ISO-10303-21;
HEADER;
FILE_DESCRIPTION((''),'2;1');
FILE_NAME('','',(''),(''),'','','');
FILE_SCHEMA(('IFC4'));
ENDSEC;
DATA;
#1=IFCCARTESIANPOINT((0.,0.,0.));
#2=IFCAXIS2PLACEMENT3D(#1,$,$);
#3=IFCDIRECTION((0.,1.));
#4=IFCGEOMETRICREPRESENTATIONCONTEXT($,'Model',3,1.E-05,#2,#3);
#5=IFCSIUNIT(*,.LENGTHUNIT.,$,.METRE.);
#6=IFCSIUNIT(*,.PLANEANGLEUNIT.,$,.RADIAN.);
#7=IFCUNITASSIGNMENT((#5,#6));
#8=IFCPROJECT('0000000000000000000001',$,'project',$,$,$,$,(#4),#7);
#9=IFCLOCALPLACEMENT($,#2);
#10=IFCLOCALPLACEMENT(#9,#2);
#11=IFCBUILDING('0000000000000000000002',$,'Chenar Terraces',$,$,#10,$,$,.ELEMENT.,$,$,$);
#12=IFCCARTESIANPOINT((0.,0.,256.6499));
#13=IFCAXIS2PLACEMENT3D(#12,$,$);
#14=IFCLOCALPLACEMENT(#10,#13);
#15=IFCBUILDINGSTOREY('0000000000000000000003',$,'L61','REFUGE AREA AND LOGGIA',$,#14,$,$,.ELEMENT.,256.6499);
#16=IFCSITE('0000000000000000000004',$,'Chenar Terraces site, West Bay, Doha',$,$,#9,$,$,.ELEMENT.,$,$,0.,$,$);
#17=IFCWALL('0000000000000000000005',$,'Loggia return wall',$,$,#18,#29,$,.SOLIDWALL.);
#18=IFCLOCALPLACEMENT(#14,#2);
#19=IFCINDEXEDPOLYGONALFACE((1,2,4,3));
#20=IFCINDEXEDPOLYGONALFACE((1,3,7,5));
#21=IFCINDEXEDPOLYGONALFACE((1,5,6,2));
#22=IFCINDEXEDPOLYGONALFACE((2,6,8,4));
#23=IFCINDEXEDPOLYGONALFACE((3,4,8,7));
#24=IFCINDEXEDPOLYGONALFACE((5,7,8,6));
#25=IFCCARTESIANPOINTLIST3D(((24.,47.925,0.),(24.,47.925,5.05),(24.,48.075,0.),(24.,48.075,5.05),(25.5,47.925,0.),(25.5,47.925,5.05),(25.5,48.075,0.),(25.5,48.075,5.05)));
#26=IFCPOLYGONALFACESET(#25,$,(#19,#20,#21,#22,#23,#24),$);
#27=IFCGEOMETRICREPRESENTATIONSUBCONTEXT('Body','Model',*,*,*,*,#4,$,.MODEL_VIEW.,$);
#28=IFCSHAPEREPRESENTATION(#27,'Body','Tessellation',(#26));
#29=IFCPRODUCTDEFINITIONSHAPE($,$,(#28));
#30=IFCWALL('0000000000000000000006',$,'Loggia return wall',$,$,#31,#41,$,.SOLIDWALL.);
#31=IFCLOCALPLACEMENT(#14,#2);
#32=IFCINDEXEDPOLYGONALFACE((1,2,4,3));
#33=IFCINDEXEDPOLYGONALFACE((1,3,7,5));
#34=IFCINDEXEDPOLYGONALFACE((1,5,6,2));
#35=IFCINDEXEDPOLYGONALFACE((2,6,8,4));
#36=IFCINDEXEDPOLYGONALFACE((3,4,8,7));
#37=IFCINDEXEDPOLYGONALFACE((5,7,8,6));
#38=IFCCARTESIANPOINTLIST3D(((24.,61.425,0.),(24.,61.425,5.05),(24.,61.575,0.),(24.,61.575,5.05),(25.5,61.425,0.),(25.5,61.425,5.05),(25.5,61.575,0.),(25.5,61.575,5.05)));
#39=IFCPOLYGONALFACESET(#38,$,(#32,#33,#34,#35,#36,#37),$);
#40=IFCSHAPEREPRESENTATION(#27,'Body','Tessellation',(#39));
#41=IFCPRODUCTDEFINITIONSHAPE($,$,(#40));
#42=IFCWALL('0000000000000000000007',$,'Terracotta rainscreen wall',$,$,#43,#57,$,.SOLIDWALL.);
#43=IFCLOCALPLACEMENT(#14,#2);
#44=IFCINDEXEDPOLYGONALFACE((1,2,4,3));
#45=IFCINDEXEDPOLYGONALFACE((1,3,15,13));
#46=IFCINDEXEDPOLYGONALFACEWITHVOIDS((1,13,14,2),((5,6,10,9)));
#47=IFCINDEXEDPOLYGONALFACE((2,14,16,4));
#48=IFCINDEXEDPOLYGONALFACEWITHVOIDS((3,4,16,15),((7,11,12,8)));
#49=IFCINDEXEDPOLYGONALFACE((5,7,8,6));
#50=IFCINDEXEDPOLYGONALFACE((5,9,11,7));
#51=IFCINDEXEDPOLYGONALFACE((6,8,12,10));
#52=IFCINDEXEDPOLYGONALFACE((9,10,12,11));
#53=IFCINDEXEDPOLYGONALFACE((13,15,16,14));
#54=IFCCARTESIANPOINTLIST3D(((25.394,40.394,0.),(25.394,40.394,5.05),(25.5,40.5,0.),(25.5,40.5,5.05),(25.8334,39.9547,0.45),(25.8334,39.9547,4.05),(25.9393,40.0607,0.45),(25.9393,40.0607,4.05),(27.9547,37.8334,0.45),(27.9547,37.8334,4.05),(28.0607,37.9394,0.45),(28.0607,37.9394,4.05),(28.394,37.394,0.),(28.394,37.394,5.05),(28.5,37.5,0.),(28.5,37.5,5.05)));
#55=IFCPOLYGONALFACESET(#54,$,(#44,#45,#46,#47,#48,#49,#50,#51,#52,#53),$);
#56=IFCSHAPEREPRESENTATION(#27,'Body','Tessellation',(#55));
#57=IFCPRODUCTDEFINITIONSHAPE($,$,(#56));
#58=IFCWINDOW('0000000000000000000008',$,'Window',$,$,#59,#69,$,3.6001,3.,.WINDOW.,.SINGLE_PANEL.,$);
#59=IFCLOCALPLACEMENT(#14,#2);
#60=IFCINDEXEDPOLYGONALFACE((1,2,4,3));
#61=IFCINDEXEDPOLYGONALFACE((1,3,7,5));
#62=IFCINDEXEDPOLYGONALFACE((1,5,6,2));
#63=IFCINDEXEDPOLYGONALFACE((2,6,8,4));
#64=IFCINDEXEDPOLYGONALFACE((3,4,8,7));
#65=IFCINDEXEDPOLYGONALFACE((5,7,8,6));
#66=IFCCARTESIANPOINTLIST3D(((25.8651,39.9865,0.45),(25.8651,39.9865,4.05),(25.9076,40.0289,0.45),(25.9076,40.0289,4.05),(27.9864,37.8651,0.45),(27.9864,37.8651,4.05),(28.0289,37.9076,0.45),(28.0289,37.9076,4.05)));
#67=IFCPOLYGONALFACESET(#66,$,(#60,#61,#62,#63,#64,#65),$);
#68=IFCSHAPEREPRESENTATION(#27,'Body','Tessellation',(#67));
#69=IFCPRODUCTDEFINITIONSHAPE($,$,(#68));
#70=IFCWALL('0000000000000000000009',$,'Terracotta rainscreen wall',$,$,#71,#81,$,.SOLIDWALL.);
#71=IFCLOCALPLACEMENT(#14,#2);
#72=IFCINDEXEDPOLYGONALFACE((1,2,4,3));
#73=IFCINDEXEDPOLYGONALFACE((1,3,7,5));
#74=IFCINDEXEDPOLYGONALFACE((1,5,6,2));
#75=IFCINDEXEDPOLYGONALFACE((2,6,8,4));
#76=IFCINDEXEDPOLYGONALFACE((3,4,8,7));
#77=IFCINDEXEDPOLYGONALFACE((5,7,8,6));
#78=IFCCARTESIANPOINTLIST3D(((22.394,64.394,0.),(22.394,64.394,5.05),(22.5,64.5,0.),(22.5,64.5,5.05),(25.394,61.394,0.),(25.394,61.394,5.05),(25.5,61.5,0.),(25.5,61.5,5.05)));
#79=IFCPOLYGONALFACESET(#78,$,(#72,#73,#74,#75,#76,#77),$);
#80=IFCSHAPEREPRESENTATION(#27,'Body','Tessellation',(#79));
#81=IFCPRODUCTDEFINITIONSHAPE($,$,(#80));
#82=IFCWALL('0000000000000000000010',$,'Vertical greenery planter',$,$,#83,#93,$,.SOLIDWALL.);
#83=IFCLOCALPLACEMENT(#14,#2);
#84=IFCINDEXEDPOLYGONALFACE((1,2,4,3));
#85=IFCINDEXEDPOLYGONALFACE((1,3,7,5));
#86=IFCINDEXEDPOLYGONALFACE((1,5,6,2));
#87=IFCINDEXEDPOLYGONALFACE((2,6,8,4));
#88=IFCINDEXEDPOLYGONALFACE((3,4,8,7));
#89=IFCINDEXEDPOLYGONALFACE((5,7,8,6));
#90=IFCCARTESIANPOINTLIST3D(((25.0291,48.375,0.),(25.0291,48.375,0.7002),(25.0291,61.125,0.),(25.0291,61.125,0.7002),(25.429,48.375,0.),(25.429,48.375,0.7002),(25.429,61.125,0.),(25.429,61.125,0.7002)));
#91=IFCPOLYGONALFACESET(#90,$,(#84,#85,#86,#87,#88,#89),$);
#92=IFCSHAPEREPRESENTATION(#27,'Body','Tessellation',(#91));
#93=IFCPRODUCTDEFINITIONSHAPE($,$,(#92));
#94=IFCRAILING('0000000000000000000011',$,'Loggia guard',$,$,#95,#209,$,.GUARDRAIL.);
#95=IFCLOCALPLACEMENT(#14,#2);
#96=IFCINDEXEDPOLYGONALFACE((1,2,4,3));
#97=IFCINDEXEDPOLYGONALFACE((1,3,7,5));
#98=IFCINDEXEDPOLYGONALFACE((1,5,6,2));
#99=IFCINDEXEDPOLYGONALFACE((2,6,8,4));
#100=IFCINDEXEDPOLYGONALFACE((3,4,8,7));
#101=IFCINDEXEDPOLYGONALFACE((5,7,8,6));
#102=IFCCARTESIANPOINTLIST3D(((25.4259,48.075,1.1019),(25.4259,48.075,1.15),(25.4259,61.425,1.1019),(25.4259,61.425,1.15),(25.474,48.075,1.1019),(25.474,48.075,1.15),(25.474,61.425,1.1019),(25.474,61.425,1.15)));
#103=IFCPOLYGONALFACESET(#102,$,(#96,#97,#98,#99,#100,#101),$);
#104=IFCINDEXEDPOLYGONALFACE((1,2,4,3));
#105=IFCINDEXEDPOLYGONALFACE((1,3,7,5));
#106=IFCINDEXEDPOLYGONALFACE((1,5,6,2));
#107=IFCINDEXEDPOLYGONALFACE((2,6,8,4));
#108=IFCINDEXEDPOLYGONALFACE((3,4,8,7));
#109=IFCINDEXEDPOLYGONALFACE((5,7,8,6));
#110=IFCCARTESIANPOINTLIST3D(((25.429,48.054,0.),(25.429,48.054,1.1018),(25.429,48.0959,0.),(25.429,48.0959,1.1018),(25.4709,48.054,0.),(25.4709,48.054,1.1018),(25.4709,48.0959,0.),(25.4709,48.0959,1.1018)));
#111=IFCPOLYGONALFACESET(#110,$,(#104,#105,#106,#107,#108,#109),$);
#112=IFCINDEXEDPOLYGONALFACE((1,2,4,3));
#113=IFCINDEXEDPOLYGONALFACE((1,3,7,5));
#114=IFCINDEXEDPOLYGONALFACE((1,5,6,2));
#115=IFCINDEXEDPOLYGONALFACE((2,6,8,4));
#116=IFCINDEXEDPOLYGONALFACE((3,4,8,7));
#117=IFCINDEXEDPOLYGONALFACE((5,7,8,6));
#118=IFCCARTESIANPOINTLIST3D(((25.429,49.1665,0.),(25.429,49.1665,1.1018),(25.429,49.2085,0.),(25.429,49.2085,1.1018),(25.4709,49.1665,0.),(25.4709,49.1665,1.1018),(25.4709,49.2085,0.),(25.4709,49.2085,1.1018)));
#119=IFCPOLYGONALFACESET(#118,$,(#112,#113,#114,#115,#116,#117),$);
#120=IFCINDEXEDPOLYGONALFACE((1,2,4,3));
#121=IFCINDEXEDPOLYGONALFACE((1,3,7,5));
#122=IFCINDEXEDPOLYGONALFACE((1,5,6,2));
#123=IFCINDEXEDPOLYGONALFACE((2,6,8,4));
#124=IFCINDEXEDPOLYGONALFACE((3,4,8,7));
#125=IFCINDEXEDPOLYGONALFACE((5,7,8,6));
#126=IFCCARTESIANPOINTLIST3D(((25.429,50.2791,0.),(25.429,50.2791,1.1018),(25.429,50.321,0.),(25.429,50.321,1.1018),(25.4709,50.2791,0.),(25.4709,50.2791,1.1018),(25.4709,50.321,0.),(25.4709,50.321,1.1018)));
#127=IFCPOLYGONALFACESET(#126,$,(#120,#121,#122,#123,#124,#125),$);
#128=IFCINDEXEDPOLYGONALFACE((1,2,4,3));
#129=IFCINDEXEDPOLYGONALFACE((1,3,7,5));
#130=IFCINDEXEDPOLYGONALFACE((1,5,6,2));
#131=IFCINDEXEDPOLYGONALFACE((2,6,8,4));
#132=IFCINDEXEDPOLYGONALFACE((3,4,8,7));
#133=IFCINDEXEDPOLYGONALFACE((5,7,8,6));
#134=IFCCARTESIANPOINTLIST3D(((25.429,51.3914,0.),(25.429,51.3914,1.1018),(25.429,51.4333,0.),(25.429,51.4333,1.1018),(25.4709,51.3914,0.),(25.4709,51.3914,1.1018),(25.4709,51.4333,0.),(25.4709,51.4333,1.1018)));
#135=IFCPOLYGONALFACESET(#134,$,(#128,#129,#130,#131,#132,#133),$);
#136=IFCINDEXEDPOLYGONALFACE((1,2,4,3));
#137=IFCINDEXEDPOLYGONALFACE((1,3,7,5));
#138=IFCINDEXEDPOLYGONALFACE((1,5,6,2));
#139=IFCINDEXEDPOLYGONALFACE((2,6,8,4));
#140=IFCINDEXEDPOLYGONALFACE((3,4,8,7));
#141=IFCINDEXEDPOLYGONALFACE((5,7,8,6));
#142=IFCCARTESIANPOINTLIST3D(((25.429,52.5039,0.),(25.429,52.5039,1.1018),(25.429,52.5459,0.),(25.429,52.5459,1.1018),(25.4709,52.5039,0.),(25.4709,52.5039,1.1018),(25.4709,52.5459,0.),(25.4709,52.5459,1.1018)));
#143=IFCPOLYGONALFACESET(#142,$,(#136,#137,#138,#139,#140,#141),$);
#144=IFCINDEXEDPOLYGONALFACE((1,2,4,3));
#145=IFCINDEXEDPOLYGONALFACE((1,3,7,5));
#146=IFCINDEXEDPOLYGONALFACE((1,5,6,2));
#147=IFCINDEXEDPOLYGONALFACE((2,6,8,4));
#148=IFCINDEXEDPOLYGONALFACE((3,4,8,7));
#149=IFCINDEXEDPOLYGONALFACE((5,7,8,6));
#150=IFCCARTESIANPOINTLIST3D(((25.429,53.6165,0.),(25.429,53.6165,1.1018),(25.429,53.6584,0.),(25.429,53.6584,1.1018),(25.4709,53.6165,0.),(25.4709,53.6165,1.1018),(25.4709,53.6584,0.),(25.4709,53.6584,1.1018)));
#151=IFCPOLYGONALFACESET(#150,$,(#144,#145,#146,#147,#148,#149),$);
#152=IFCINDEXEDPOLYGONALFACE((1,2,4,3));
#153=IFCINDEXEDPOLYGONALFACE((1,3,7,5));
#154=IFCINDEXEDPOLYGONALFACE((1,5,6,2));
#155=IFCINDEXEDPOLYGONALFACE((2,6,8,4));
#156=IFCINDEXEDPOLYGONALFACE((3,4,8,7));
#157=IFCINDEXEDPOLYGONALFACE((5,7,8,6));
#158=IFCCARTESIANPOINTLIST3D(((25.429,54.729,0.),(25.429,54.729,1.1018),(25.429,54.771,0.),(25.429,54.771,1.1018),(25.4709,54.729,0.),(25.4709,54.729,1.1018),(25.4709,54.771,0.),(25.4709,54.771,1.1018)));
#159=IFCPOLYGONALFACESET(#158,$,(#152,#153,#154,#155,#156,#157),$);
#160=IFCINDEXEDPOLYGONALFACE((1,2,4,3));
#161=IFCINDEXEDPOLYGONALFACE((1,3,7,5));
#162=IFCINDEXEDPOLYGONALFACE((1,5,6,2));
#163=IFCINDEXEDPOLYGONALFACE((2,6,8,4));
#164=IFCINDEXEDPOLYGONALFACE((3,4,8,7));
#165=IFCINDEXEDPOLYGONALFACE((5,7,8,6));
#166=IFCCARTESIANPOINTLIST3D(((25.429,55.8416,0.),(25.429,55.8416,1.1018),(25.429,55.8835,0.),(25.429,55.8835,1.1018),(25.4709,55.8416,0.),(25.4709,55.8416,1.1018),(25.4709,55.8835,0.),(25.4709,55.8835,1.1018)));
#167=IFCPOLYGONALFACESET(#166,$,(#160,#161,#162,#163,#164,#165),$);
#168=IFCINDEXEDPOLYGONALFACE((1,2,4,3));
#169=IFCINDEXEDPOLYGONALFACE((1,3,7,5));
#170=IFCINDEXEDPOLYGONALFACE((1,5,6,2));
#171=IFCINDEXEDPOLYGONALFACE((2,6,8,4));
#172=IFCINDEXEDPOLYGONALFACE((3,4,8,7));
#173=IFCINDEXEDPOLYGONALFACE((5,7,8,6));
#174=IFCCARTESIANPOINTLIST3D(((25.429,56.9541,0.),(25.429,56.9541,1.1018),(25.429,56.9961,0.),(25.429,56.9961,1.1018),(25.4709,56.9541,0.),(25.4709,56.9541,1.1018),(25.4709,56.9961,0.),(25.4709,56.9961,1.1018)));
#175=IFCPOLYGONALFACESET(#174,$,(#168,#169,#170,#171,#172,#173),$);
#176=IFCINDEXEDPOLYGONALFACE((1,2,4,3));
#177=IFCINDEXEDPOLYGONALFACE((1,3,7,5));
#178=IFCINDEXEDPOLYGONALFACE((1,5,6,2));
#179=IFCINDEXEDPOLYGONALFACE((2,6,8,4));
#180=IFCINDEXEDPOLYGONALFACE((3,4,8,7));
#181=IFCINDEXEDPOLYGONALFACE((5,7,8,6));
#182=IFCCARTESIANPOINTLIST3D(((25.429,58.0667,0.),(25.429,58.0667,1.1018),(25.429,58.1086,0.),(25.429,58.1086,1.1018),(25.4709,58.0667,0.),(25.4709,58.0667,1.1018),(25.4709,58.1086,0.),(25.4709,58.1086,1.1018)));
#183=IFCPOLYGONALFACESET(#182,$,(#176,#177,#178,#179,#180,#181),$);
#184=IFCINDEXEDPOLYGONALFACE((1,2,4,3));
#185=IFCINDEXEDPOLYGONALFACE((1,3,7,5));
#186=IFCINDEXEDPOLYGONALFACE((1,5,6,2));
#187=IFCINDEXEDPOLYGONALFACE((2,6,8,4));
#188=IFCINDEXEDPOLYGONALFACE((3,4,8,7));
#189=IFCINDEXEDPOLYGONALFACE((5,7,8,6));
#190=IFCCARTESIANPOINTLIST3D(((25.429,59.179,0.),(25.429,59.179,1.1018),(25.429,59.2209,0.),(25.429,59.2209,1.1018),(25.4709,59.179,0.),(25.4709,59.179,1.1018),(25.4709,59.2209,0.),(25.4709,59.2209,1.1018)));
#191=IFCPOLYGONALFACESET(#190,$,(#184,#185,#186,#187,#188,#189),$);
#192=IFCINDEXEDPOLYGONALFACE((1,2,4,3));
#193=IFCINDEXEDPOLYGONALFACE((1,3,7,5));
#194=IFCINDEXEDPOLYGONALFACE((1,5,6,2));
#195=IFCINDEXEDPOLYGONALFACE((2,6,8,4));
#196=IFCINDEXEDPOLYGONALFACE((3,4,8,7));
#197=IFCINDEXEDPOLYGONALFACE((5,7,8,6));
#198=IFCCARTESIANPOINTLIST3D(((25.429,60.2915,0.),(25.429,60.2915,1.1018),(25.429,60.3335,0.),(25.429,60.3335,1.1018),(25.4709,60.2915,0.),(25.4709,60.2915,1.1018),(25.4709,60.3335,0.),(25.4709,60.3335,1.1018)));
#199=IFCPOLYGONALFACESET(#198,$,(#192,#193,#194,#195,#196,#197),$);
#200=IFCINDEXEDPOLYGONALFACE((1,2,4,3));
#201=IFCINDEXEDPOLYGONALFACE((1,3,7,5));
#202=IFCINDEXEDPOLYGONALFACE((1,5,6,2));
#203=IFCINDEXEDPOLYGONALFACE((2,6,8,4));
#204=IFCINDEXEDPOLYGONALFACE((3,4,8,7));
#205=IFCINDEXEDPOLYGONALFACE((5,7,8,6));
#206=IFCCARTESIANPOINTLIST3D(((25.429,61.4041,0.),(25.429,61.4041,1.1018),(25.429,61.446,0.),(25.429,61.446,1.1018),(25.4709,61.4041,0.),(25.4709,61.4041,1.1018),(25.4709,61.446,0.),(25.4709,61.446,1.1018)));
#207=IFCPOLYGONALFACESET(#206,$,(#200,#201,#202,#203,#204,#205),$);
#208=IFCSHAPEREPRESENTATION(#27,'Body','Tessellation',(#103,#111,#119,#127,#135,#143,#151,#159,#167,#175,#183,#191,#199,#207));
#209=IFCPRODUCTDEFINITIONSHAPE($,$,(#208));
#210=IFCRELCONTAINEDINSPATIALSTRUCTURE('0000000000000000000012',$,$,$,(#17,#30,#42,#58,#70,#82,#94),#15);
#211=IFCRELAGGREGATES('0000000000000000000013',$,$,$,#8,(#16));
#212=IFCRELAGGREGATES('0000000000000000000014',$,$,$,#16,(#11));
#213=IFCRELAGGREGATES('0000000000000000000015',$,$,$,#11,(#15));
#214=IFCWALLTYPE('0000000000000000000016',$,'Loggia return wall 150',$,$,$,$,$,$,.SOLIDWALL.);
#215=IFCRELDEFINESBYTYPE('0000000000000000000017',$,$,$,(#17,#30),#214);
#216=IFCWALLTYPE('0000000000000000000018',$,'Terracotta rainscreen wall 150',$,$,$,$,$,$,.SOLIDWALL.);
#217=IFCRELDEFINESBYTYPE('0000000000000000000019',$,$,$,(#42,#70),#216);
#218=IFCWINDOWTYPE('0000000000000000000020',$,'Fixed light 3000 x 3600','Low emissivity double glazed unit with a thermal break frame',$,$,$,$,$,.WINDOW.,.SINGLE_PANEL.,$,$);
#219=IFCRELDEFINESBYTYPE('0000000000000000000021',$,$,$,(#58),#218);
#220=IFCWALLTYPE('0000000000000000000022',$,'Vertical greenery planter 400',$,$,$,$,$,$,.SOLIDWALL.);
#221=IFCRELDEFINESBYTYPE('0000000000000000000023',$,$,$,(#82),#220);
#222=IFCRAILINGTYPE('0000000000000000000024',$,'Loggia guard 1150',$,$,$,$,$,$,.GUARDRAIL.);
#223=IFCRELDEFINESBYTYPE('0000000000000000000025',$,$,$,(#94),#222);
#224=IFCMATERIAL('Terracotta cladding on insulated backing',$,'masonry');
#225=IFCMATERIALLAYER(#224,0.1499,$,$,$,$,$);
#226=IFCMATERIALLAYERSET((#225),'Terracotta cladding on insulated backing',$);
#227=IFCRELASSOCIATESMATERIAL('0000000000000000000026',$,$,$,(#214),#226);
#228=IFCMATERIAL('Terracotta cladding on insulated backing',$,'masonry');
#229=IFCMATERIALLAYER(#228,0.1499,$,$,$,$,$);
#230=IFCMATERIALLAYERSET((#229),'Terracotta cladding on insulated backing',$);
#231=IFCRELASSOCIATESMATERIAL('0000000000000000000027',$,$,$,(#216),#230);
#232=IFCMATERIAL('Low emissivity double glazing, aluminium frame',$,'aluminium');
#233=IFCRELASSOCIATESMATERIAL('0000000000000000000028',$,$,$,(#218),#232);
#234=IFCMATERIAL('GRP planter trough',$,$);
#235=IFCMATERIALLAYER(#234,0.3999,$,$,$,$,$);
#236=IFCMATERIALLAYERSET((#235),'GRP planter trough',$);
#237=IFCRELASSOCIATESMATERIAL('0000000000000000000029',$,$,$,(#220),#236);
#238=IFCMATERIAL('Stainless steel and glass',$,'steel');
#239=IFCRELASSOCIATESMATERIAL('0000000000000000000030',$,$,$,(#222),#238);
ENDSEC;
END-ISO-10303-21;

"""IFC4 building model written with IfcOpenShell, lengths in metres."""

from ifc_helpers import new_model, si_unit, direction, frame, frame_2d, origin, origin_2d, place, context, subcontext, project, spatial, rectangle, extrude, material, layer, layer_set, type_object, element, fill, save


model = new_model("IFC4")

# Units and contexts
model_context = context("Model", 3, precision=1e-05, world=origin(), true_north=direction((0.0, 1.0)))
body_context = subcontext(model_context, "Body", "Model", "MODEL_VIEW")
ifc_project = project(units=[si_unit("LENGTHUNIT", "METRE"), si_unit("PLANEANGLEUNIT", "RADIAN")], contexts=[model_context])

# Site, building, storey
site_placement = place(None, origin())
site = spatial("IfcSite", under=ifc_project, at=site_placement, Name="Chenar Terraces site, West Bay, Doha", CompositionType="ELEMENT", RefElevation=0.0)
building_placement = place(site_placement, origin())
building = spatial("IfcBuilding", under=site, at=building_placement, Name="Chenar Terraces", CompositionType="ELEMENT")
storey_placement = place(building_placement, frame((0.0, 0.0, 256.6499)))
storey = spatial("IfcBuildingStorey", under=building, at=storey_placement, Name="L61", Description="REFUGE AREA AND LOGGIA", CompositionType="ELEMENT", Elevation=256.6499)

# Walls
ifc_material_1 = material(Name="Terracotta cladding on insulated backing", Category="masonry")
ifc_layer_1 = layer(ifc_material_1, 0.1499)
ifc_layer_set_1 = layer_set([ifc_layer_1], Name="Terracotta cladding on insulated backing")
wall_type_1 = type_object("IfcWallType", Name="Loggia return wall 150", PredefinedType="SOLIDWALL", material=ifc_layer_set_1)
for number, where, z_axis, x_axis, name in (
    (1, (25.5, 48.0, 0.0), (0.0, 0.0, 1.0), (-1.0, 0.0, 0.0), "Loggia return wall"),
    (2, (25.5, 61.5, 0.0), (0.0, 0.0, 1.0), (-1.0, 0.0, 0.0), "Loggia return wall"),
):
    element("IfcWall", number, at=place(storey_placement, frame(where, z_axis=z_axis, x_axis=x_axis)), inside=storey, type_object=wall_type_1, Name=name, PredefinedType="SOLIDWALL", context=body_context, shape_type="SweptSolid", body=[
        extrude(rectangle(XDim=1.5, YDim=0.1499, at=frame_2d((0.75, 0.0))), origin(), (0.0, 0.0, 1.0), 5.05),
    ])

# Wall, opening, window
ifc_material_2 = material(Name="Terracotta cladding on insulated backing", Category="masonry")
ifc_layer_2 = layer(ifc_material_2, 0.1499)
ifc_layer_set_2 = layer_set([ifc_layer_2], Name="Terracotta cladding on insulated backing")
wall_type_2 = type_object("IfcWallType", Name="Terracotta rainscreen wall 150", PredefinedType="SOLIDWALL", material=ifc_layer_set_2)
wall_1_placement = place(storey_placement, frame((28.447, 37.447, 0.0), z_axis=(0.0, 0.0, 1.0), x_axis=(-0.707107, 0.707107, 0.0)))
wall_1 = element("IfcWall", 3, at=wall_1_placement, inside=storey, type_object=wall_type_2, Name="Terracotta rainscreen wall", PredefinedType="SOLIDWALL", context=body_context, shape_type="SweptSolid", body=[
    extrude(rectangle(XDim=4.2427, YDim=0.1499, at=frame_2d((2.1213, 0.0))), origin(), (0.0, 0.0, 1.0), 5.05),
])
opening_1_placement = place(wall_1_placement, frame((0.6213, 0.0, 0.45)))
opening_1 = element("IfcOpeningElement", 4, at=opening_1_placement, cuts=wall_1, PredefinedType="OPENING", context=body_context, shape_type="SweptSolid", body=[
    extrude(rectangle(XDim=3.0, YDim=3.6001, at=frame_2d((1.5, 1.8))), frame((0.0, 0.085, 0.0), z_axis=(0.0, -1.0, 0.0), x_axis=(1.0, 0.0, 0.0)), (0.0, 0.0, 1.0), 0.1699),
])
ifc_material_3 = material(Name="Low emissivity double glazing, aluminium frame", Category="aluminium")
window_type_1 = type_object("IfcWindowType", Name="Fixed light 3000 x 3600", Description="Low emissivity double glazed unit with a thermal break frame", PartitioningType="SINGLE_PANEL", PredefinedType="WINDOW", material=ifc_material_3)
window_1_placement = place(opening_1_placement, origin())
window_1 = element("IfcWindow", 5, at=window_1_placement, inside=storey, type_object=window_type_1, Name="Window", OverallHeight=3.6001, OverallWidth=3.0, PartitioningType="SINGLE_PANEL", PredefinedType="WINDOW", context=body_context, shape_type="SweptSolid", body=[
    extrude(rectangle(XDim=3.0, YDim=3.6001, at=frame_2d((1.5, 1.8))), frame((0.0, 0.03, 0.0), z_axis=(0.0, -1.0, 0.0), x_axis=(1.0, 0.0, 0.0)), (0.0, 0.0, 1.0), 0.0601),
])
fill(opening_1, window_1)

# Walls
wall_2_placement = place(storey_placement, frame((25.447, 61.447, 0.0), z_axis=(0.0, 0.0, 1.0), x_axis=(-0.707107, 0.707107, 0.0)))
element("IfcWall", 6, at=wall_2_placement, inside=storey, type_object=wall_type_2, Name="Terracotta rainscreen wall", PredefinedType="SOLIDWALL", context=body_context, shape_type="SweptSolid", body=[
    extrude(rectangle(XDim=4.2427, YDim=0.1499, at=frame_2d((2.1213, 0.0))), origin(), (0.0, 0.0, 1.0), 5.05),
])
ifc_material_4 = material(Name="GRP planter trough")
ifc_layer_3 = layer(ifc_material_4, 0.3999)
ifc_layer_set_3 = layer_set([ifc_layer_3], Name="GRP planter trough")
wall_type_3 = type_object("IfcWallType", Name="Vertical greenery planter 400", PredefinedType="SOLIDWALL", material=ifc_layer_set_3)
wall_3_placement = place(storey_placement, frame((25.229, 48.375, 0.0), z_axis=(0.0, 0.0, 1.0), x_axis=(0.0, 1.0, 0.0)))
element("IfcWall", 7, at=wall_3_placement, inside=storey, type_object=wall_type_3, Name="Vertical greenery planter", PredefinedType="SOLIDWALL", context=body_context, shape_type="SweptSolid", body=[
    extrude(rectangle(XDim=12.75, YDim=0.3999, at=frame_2d((6.375, 0.0))), origin(), (0.0, 0.0, 1.0), 0.7002),
])

# Railing
ifc_material_5 = material(Name="Stainless steel and glass", Category="steel")
railing_type = type_object("IfcRailingType", Name="Loggia guard 1150", PredefinedType="GUARDRAIL", material=ifc_material_5)
railing_placement = place(storey_placement, frame((25.45, 48.075, 0.0)))
element("IfcRailing", 8, at=railing_placement, inside=storey, type_object=railing_type, Name="Loggia guard", PredefinedType="GUARDRAIL", context=body_context, shape_type="SweptSolid", body=[
    extrude(rectangle(XDim=0.0481, YDim=0.0481, at=origin_2d()), frame((0.0, 0.0, 1.126), z_axis=(0.0, 1.0, 0.0), x_axis=(-1.0, 0.0, 0.0)), (0.0, 0.0, 1.0), 13.3501),
    extrude(rectangle(XDim=0.042, YDim=0.042, at=origin_2d()), origin(), (0.0, 0.0, 1.0), 1.1018),
    extrude(rectangle(XDim=0.042, YDim=0.042, at=origin_2d()), frame((0.0, 1.1125, 0.0)), (0.0, 0.0, 1.0), 1.1018),
    extrude(rectangle(XDim=0.042, YDim=0.042, at=origin_2d()), frame((0.0, 2.2251, 0.0)), (0.0, 0.0, 1.0), 1.1018),
    extrude(rectangle(XDim=0.042, YDim=0.042, at=origin_2d()), frame((0.0, 3.3374, 0.0)), (0.0, 0.0, 1.0), 1.1018),
    extrude(rectangle(XDim=0.042, YDim=0.042, at=origin_2d()), frame((0.0, 4.45, 0.0)), (0.0, 0.0, 1.0), 1.1018),
    extrude(rectangle(XDim=0.042, YDim=0.042, at=origin_2d()), frame((0.0, 5.5625, 0.0)), (0.0, 0.0, 1.0), 1.1018),
    extrude(rectangle(XDim=0.042, YDim=0.042, at=origin_2d()), frame((0.0, 6.675, 0.0)), (0.0, 0.0, 1.0), 1.1018),
    extrude(rectangle(XDim=0.042, YDim=0.042, at=origin_2d()), frame((0.0, 7.7876, 0.0)), (0.0, 0.0, 1.0), 1.1018),
    extrude(rectangle(XDim=0.042, YDim=0.042, at=origin_2d()), frame((0.0, 8.9001, 0.0)), (0.0, 0.0, 1.0), 1.1018),
    extrude(rectangle(XDim=0.042, YDim=0.042, at=origin_2d()), frame((0.0, 10.0127, 0.0)), (0.0, 0.0, 1.0), 1.1018),
    extrude(rectangle(XDim=0.042, YDim=0.042, at=origin_2d()), frame((0.0, 11.125, 0.0)), (0.0, 0.0, 1.0), 1.1018),
    extrude(rectangle(XDim=0.042, YDim=0.042, at=origin_2d()), frame((0.0, 12.2375, 0.0)), (0.0, 0.0, 1.0), 1.1018),
    extrude(rectangle(XDim=0.042, YDim=0.042, at=origin_2d()), frame((0.0, 13.3501, 0.0)), (0.0, 0.0, 1.0), 1.1018),
])

save(model, "model.ifc")
